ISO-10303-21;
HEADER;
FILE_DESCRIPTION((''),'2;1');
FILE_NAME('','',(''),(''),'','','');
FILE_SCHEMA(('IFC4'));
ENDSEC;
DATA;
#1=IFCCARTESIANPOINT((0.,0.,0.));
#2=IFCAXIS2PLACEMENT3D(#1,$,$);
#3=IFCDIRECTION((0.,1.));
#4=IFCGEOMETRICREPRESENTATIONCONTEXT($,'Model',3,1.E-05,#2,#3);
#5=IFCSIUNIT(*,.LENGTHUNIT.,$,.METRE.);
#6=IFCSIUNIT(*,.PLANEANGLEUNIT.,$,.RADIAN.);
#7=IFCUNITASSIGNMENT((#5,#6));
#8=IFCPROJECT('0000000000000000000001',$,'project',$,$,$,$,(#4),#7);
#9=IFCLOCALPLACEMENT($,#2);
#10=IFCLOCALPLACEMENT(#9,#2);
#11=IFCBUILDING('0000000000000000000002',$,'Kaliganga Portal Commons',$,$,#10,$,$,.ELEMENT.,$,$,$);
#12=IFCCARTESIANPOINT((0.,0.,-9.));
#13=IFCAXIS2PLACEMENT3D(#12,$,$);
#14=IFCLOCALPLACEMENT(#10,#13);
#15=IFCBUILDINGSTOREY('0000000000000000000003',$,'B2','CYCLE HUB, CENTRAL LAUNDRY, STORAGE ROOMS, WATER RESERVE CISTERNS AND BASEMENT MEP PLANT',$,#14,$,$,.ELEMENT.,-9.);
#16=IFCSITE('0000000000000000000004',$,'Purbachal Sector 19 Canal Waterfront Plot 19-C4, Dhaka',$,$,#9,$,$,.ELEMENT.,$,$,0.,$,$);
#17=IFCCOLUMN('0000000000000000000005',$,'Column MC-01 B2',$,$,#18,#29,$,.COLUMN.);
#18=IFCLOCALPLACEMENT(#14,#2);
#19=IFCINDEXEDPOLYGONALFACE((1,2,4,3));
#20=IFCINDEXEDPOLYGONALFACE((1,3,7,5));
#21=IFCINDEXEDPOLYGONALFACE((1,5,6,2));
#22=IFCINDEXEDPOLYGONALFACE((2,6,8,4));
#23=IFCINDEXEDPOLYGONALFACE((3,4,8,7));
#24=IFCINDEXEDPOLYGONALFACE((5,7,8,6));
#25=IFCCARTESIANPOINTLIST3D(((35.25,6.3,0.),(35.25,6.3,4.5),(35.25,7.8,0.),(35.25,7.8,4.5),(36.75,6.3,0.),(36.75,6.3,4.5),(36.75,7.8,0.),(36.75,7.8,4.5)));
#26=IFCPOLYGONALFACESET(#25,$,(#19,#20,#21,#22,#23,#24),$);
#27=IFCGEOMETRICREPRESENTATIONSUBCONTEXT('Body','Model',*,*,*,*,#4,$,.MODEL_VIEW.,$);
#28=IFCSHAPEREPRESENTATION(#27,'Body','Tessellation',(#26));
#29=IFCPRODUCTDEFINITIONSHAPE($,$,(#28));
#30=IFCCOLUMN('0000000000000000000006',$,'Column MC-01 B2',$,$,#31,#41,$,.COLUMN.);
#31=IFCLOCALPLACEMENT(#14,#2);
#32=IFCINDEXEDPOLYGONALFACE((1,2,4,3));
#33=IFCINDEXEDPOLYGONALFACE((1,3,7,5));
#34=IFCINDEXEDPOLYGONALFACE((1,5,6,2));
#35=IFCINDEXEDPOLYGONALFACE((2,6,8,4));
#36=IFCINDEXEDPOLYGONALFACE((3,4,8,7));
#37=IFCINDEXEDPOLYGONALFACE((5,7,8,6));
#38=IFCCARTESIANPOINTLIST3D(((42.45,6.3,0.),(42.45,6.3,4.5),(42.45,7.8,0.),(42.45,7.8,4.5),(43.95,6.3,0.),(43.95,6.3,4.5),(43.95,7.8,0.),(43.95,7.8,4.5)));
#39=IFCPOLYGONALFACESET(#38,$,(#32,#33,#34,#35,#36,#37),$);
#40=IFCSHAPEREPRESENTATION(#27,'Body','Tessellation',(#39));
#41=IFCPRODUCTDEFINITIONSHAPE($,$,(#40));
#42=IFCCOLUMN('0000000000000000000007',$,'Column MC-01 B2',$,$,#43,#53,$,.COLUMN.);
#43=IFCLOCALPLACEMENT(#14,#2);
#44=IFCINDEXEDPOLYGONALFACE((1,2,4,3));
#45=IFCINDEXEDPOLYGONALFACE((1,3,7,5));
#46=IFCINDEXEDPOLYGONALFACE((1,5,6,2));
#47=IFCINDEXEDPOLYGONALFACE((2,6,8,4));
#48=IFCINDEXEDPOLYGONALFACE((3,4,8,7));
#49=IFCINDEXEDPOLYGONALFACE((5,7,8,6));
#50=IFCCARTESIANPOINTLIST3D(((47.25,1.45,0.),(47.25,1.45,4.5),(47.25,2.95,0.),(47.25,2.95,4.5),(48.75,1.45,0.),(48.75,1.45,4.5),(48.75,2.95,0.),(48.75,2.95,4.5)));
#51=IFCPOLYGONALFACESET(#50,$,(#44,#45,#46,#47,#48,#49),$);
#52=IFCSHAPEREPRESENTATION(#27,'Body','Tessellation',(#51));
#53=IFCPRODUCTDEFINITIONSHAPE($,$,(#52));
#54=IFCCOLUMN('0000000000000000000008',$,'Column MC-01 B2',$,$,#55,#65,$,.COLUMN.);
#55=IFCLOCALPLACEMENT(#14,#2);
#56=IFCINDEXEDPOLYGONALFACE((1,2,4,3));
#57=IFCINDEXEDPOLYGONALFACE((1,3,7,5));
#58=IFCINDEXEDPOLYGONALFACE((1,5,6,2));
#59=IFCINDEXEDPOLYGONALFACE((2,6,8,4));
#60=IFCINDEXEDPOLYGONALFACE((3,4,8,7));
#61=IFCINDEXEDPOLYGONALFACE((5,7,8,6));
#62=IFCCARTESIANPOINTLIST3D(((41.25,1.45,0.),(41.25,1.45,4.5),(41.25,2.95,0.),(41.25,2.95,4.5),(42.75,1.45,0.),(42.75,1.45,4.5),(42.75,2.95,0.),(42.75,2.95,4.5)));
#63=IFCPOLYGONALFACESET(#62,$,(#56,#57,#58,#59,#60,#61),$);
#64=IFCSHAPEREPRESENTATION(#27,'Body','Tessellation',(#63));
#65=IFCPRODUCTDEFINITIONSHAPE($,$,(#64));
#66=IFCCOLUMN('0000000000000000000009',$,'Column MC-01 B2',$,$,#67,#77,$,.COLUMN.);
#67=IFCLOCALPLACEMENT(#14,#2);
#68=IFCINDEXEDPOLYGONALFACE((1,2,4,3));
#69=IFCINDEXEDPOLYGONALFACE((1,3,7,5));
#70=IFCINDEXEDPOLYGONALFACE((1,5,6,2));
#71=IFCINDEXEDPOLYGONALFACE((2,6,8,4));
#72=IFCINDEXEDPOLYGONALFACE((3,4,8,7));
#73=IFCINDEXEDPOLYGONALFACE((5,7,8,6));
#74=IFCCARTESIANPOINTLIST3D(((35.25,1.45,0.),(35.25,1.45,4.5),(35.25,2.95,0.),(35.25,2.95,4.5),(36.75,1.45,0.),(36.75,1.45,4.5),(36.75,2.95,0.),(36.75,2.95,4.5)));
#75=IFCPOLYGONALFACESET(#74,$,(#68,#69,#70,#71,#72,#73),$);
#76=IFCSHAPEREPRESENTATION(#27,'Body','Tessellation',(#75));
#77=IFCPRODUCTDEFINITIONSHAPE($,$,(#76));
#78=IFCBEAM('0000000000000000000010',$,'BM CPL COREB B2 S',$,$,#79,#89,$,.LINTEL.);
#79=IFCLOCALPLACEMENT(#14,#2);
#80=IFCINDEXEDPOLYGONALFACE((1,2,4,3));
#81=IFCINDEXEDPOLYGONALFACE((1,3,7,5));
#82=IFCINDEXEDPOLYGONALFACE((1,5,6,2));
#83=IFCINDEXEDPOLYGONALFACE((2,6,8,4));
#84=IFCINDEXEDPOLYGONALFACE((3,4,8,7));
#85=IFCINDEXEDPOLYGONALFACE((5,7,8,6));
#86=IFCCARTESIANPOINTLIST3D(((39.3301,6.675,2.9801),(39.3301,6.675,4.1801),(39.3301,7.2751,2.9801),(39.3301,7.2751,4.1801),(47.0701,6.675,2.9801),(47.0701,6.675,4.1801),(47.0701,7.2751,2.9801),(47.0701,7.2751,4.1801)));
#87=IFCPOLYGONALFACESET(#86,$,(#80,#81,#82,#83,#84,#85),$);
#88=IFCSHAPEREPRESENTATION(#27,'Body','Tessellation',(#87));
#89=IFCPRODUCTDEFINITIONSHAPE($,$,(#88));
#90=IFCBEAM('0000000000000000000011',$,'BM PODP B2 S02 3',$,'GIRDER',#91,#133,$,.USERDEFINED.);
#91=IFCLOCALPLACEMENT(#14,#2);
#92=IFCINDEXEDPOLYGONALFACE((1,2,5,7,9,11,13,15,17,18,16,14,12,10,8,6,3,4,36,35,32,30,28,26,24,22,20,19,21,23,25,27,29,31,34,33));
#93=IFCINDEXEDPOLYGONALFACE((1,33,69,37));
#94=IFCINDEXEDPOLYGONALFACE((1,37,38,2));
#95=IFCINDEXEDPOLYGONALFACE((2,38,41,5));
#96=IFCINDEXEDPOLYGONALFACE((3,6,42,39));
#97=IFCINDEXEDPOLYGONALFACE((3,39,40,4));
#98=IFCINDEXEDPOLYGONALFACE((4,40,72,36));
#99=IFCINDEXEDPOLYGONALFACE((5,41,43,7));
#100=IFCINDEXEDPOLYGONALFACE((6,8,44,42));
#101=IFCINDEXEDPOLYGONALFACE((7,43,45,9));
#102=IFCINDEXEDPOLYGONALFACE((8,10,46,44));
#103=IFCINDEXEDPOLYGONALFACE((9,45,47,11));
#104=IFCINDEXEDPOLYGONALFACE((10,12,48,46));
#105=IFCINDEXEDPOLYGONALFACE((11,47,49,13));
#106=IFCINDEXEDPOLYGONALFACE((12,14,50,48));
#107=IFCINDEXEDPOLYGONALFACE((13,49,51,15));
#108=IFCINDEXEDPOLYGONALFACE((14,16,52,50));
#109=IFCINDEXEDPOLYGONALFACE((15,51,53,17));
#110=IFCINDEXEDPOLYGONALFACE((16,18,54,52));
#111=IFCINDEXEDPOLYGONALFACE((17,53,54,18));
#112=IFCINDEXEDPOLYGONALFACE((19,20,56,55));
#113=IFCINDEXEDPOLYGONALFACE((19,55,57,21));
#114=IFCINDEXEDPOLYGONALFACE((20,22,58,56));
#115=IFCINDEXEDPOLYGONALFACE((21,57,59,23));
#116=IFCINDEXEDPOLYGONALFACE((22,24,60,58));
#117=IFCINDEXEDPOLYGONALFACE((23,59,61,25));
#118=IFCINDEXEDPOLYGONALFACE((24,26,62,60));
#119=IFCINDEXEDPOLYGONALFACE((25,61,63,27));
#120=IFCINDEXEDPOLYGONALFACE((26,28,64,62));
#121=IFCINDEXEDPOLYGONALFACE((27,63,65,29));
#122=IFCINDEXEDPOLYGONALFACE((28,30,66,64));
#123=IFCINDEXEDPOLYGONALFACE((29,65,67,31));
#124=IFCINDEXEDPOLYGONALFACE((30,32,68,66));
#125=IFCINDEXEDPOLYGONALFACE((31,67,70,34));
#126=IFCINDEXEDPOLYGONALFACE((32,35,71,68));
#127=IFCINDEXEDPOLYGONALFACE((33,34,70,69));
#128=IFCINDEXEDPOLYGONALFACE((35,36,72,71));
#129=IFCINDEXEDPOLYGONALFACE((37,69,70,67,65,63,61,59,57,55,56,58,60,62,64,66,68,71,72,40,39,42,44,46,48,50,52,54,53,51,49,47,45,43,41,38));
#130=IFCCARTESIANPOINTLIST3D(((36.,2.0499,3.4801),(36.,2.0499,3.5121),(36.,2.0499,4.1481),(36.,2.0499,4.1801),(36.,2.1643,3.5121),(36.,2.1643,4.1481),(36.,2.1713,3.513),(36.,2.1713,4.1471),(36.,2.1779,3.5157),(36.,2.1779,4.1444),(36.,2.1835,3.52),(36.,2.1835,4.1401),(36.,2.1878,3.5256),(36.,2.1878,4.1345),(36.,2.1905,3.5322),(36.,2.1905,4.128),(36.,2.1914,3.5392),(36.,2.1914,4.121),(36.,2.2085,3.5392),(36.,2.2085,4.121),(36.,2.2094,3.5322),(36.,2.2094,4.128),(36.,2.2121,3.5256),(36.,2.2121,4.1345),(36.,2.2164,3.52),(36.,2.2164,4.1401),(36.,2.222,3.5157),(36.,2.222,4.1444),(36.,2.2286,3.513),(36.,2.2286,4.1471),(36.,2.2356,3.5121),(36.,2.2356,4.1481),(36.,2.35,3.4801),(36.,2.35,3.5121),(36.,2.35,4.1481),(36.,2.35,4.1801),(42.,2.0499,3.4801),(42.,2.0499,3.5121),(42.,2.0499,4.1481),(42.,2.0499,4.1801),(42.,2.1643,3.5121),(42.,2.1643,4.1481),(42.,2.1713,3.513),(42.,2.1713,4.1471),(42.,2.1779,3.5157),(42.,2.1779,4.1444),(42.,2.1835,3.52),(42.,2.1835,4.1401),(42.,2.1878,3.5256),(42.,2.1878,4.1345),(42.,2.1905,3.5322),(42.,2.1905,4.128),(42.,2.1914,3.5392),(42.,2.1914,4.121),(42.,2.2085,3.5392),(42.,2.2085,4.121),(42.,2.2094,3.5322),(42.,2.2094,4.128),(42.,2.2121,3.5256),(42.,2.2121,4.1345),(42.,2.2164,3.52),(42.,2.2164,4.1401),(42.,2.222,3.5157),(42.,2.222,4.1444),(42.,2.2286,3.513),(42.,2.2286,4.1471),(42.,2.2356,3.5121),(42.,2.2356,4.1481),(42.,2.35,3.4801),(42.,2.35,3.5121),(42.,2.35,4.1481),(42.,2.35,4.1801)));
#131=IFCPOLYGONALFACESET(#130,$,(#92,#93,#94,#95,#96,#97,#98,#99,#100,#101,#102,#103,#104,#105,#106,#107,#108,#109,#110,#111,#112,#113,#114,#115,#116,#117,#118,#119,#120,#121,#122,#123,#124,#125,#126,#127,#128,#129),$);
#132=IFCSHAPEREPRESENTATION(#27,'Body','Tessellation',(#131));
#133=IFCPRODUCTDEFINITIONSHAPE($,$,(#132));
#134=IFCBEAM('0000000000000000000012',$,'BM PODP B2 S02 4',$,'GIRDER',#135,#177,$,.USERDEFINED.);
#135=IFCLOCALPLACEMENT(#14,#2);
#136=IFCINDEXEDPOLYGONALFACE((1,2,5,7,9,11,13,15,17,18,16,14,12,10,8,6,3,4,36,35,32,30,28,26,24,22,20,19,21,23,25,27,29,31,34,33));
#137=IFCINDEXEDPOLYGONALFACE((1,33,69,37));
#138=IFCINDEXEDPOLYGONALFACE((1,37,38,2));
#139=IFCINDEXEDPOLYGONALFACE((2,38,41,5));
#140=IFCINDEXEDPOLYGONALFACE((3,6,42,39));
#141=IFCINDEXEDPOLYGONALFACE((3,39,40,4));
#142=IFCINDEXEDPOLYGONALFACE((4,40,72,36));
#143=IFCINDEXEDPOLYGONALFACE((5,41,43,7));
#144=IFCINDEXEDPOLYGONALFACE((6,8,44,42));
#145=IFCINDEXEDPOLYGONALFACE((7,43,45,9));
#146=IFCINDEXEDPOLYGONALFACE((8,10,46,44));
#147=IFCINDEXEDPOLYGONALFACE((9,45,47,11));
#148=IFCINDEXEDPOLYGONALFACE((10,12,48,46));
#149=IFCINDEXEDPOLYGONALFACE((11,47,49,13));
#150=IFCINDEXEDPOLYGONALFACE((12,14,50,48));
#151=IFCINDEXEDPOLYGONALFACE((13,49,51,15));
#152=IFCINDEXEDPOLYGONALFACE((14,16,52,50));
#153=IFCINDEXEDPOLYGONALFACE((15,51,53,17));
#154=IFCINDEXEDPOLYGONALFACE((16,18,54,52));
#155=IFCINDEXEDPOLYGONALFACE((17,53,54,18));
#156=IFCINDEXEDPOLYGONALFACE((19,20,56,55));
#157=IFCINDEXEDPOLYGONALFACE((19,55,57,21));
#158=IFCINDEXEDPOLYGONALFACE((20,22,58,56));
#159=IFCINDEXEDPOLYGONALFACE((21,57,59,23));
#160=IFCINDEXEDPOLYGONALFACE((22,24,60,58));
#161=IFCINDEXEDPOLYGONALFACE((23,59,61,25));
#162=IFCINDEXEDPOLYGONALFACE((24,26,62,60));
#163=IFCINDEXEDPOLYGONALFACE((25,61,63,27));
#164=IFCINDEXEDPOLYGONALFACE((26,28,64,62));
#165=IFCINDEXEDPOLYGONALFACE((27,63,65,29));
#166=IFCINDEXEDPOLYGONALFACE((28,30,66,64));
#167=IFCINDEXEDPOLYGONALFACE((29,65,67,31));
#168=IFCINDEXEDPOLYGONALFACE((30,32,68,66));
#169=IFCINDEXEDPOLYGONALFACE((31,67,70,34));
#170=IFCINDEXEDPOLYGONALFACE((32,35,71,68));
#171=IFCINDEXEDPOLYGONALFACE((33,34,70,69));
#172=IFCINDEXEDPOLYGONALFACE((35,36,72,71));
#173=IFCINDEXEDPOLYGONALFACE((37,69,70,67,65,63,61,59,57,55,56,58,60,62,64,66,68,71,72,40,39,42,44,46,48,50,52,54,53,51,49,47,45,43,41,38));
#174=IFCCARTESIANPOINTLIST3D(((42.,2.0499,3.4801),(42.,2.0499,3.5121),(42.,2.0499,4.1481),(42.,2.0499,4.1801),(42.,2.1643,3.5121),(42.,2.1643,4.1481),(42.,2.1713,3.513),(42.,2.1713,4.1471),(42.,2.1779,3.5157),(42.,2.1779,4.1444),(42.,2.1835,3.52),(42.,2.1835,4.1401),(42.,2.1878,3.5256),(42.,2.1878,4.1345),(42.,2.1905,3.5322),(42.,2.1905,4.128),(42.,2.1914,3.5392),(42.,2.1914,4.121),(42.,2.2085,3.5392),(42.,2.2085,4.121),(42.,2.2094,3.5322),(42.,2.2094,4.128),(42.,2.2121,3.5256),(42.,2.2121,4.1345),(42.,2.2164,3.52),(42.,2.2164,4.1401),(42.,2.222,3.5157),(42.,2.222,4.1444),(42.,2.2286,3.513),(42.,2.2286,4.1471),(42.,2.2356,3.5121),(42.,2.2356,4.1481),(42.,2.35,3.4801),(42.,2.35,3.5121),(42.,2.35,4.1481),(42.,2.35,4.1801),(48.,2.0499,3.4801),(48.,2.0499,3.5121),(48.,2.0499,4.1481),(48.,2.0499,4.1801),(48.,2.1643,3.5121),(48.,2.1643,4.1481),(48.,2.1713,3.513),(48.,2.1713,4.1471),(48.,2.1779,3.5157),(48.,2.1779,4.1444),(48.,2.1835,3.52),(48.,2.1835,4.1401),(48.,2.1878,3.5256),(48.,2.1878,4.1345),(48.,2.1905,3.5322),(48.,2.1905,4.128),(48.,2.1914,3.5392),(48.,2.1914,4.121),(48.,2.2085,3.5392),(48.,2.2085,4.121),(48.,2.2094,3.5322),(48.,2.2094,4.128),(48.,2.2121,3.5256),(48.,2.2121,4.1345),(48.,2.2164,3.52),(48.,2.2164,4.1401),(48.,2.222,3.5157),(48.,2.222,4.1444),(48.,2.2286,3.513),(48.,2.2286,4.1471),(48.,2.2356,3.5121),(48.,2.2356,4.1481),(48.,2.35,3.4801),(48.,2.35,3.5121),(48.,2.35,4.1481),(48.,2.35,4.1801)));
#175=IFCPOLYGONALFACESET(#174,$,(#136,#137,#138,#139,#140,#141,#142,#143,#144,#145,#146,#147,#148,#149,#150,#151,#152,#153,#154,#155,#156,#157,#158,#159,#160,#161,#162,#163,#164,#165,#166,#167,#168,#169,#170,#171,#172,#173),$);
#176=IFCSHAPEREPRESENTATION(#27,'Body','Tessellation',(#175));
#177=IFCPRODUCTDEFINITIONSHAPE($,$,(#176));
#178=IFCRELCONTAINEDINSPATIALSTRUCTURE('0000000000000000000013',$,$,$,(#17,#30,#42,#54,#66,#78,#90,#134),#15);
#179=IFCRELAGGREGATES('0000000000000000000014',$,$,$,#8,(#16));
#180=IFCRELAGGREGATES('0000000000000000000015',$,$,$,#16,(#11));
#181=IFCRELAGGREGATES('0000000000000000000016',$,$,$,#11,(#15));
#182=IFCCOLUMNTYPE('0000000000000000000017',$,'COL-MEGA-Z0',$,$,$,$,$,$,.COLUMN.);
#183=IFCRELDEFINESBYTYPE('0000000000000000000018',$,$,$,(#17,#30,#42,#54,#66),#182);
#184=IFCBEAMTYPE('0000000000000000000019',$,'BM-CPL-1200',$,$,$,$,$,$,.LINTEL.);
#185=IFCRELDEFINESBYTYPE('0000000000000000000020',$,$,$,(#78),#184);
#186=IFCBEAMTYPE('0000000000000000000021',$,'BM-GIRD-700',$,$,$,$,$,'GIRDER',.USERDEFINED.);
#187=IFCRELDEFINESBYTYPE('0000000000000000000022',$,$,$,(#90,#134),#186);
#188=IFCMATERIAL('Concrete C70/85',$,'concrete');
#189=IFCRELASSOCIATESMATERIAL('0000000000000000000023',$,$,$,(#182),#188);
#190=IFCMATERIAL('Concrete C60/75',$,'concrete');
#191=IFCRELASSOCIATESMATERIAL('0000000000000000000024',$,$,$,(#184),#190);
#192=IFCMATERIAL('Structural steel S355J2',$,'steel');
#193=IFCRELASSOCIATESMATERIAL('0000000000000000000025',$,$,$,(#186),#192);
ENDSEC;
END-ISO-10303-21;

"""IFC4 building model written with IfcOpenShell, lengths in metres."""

from ifc_helpers import new_model, si_unit, direction, frame, origin, origin_2d, place, context, subcontext, project, spatial, rectangle, i_section, extrude, source, transform, mapped, material, material_profile, profile_set, type_object, element, save


model = new_model("IFC4")

# Units and contexts
model_context = context("Model", 3, precision=1e-05, world=origin(), true_north=direction((0.0, 1.0)))
body_context = subcontext(model_context, "Body", "Model", "MODEL_VIEW")
ifc_project = project(units=[si_unit("LENGTHUNIT", "METRE"), si_unit("PLANEANGLEUNIT", "RADIAN")], contexts=[model_context])

# Site, building, storey
site_placement = place(None, origin())
site = spatial("IfcSite", under=ifc_project, at=site_placement, Name="Purbachal Sector 19 Canal Waterfront Plot 19-C4, Dhaka", CompositionType="ELEMENT", RefElevation=0.0)
building_placement = place(site_placement, origin())
building = spatial("IfcBuilding", under=site, at=building_placement, Name="Kaliganga Portal Commons", CompositionType="ELEMENT")
storey_placement = place(building_placement, frame((0.0, 0.0, -9.0)))
storey = spatial("IfcBuildingStorey", under=building, at=storey_placement, Name="B2", Description="CYCLE HUB, CENTRAL LAUNDRY, STORAGE ROOMS, WATER RESERVE CISTERNS AND BASEMENT MEP PLANT", CompositionType="ELEMENT", Elevation=-9.0)

# Columns
ifc_material_1 = material(Name="Structural steel S355J2", Category="steel")
ifc_material_2 = material(Name="Concrete C70/85", Category="concrete")
ifc_material_profile_1 = material_profile(ifc_material_2, rectangle(XDim=1.5, YDim=1.5, at=origin_2d()), Name="RC 1500x1500")
ifc_profile_set_1 = profile_set([ifc_material_profile_1], Name="Concrete C70/85")
column_type_1 = type_object("IfcColumnType", Name="COL-MEGA-Z0", PredefinedType="COLUMN", material=ifc_profile_set_1)
shared_shape_1 = source(origin(), body_context, "Body", "SweptSolid", [
    extrude(rectangle(XDim=1.5, YDim=1.5, at=origin_2d()), origin(), (0.0, 0.0, 1.0), 4.5),
])
for number, where, z_axis, x_axis, name in (
    (1, (36.0, 7.05, 0.0), (0.0, 0.0, 1.0), (1.0, 0.0, 0.0), "Column MC-01 B2"),
    (2, (43.2, 7.05, 0.0), (0.0, 0.0, 1.0), (1.0, 0.0, 0.0), "Column MC-01 B2"),
    (3, (48.0, 2.2, 0.0), (0.0, 0.0, 1.0), (1.0, 0.0, 0.0), "Column MC-01 B2"),
    (4, (42.0, 2.2, 0.0), (0.0, 0.0, 1.0), (1.0, 0.0, 0.0), "Column MC-01 B2"),
    (5, (36.0, 2.2, 0.0), (0.0, 0.0, 1.0), (1.0, 0.0, 0.0), "Column MC-01 B2"),
):
    element("IfcColumn", number, at=place(storey_placement, frame(where, z_axis=z_axis, x_axis=x_axis)), inside=storey, type_object=column_type_1, Name=name, PredefinedType="COLUMN", context=body_context, shape_type="MappedRepresentation", body=[
        mapped(shared_shape_1, transform((0.0, 0.0, 0.0), x_axis=(1.0, 0.0, 0.0), y_axis=(0.0, 1.0, 0.0), z_axis=(0.0, 0.0, 1.0), scale=1.0)),
    ])

# Beams
ifc_material_3 = material(Name="Concrete C60/75", Category="concrete")
ifc_material_profile_2 = material_profile(ifc_material_3, rectangle(XDim=0.6001, YDim=1.2, at=origin_2d()), Name="RC 600x1200")
ifc_profile_set_2 = profile_set([ifc_material_profile_2], Name="Concrete C60/75")
beam_type_1 = type_object("IfcBeamType", Name="BM-CPL-1200", PredefinedType="LINTEL", material=ifc_profile_set_2)
shared_shape_2 = source(origin(), body_context, "Body", "SweptSolid", [
    extrude(rectangle(XDim=0.6001, YDim=1.2, at=origin_2d()), origin(), (0.0, 0.0, 1.0), 7.74),
])
beam_1_placement = place(storey_placement, frame((39.3301, 6.9751, 3.5801), z_axis=(1.0, 0.0, 0.0), x_axis=(0.0, 1.0, 0.0)))
element("IfcBeam", 6, at=beam_1_placement, inside=storey, type_object=beam_type_1, Name="BM CPL COREB B2 S", PredefinedType="LINTEL", context=body_context, shape_type="MappedRepresentation", body=[
    mapped(shared_shape_2, transform((0.0, 0.0, 0.0), x_axis=(1.0, 0.0, 0.0), y_axis=(0.0, 1.0, 0.0), z_axis=(0.0, 0.0, 1.0), scale=1.0)),
])
ifc_material_profile_3 = material_profile(ifc_material_1, i_section(OverallWidth=0.3, OverallDepth=0.7, WebThickness=0.0171, FlangeThickness=0.032, FilletRadius=0.0271, at=origin_2d()), Name="HE 700 B")
ifc_profile_set_3 = profile_set([ifc_material_profile_3], Name="Structural steel S355J2 wide-flange")
beam_type_2 = type_object("IfcBeamType", Name="BM-GIRD-700", ElementType="GIRDER", PredefinedType="USERDEFINED", material=ifc_profile_set_3)
shared_shape_3 = source(origin(), body_context, "Body", "SweptSolid", [
    extrude(i_section(OverallWidth=0.3, OverallDepth=0.7, WebThickness=0.0171, FlangeThickness=0.032, FilletRadius=0.0271, at=origin_2d()), origin(), (0.0, 0.0, 1.0), 6.0),
])
for number, where, z_axis, x_axis, name in (
    (7, (36.0, 2.2, 3.8301), (1.0, 0.0, 0.0), (0.0, 1.0, 0.0), "BM PODP B2 S02 3"),
    (8, (42.0, 2.2, 3.8301), (1.0, 0.0, 0.0), (0.0, 1.0, 0.0), "BM PODP B2 S02 4"),
):
    element("IfcBeam", number, at=place(storey_placement, frame(where, z_axis=z_axis, x_axis=x_axis)), inside=storey, type_object=beam_type_2, Name=name, ObjectType="GIRDER", PredefinedType="USERDEFINED", context=body_context, shape_type="MappedRepresentation", body=[
        mapped(shared_shape_3, transform((0.0, 0.0, 0.0), x_axis=(1.0, 0.0, 0.0), y_axis=(0.0, 1.0, 0.0), z_axis=(0.0, 0.0, 1.0), scale=1.0)),
    ])

save(model, "model.ifc")
